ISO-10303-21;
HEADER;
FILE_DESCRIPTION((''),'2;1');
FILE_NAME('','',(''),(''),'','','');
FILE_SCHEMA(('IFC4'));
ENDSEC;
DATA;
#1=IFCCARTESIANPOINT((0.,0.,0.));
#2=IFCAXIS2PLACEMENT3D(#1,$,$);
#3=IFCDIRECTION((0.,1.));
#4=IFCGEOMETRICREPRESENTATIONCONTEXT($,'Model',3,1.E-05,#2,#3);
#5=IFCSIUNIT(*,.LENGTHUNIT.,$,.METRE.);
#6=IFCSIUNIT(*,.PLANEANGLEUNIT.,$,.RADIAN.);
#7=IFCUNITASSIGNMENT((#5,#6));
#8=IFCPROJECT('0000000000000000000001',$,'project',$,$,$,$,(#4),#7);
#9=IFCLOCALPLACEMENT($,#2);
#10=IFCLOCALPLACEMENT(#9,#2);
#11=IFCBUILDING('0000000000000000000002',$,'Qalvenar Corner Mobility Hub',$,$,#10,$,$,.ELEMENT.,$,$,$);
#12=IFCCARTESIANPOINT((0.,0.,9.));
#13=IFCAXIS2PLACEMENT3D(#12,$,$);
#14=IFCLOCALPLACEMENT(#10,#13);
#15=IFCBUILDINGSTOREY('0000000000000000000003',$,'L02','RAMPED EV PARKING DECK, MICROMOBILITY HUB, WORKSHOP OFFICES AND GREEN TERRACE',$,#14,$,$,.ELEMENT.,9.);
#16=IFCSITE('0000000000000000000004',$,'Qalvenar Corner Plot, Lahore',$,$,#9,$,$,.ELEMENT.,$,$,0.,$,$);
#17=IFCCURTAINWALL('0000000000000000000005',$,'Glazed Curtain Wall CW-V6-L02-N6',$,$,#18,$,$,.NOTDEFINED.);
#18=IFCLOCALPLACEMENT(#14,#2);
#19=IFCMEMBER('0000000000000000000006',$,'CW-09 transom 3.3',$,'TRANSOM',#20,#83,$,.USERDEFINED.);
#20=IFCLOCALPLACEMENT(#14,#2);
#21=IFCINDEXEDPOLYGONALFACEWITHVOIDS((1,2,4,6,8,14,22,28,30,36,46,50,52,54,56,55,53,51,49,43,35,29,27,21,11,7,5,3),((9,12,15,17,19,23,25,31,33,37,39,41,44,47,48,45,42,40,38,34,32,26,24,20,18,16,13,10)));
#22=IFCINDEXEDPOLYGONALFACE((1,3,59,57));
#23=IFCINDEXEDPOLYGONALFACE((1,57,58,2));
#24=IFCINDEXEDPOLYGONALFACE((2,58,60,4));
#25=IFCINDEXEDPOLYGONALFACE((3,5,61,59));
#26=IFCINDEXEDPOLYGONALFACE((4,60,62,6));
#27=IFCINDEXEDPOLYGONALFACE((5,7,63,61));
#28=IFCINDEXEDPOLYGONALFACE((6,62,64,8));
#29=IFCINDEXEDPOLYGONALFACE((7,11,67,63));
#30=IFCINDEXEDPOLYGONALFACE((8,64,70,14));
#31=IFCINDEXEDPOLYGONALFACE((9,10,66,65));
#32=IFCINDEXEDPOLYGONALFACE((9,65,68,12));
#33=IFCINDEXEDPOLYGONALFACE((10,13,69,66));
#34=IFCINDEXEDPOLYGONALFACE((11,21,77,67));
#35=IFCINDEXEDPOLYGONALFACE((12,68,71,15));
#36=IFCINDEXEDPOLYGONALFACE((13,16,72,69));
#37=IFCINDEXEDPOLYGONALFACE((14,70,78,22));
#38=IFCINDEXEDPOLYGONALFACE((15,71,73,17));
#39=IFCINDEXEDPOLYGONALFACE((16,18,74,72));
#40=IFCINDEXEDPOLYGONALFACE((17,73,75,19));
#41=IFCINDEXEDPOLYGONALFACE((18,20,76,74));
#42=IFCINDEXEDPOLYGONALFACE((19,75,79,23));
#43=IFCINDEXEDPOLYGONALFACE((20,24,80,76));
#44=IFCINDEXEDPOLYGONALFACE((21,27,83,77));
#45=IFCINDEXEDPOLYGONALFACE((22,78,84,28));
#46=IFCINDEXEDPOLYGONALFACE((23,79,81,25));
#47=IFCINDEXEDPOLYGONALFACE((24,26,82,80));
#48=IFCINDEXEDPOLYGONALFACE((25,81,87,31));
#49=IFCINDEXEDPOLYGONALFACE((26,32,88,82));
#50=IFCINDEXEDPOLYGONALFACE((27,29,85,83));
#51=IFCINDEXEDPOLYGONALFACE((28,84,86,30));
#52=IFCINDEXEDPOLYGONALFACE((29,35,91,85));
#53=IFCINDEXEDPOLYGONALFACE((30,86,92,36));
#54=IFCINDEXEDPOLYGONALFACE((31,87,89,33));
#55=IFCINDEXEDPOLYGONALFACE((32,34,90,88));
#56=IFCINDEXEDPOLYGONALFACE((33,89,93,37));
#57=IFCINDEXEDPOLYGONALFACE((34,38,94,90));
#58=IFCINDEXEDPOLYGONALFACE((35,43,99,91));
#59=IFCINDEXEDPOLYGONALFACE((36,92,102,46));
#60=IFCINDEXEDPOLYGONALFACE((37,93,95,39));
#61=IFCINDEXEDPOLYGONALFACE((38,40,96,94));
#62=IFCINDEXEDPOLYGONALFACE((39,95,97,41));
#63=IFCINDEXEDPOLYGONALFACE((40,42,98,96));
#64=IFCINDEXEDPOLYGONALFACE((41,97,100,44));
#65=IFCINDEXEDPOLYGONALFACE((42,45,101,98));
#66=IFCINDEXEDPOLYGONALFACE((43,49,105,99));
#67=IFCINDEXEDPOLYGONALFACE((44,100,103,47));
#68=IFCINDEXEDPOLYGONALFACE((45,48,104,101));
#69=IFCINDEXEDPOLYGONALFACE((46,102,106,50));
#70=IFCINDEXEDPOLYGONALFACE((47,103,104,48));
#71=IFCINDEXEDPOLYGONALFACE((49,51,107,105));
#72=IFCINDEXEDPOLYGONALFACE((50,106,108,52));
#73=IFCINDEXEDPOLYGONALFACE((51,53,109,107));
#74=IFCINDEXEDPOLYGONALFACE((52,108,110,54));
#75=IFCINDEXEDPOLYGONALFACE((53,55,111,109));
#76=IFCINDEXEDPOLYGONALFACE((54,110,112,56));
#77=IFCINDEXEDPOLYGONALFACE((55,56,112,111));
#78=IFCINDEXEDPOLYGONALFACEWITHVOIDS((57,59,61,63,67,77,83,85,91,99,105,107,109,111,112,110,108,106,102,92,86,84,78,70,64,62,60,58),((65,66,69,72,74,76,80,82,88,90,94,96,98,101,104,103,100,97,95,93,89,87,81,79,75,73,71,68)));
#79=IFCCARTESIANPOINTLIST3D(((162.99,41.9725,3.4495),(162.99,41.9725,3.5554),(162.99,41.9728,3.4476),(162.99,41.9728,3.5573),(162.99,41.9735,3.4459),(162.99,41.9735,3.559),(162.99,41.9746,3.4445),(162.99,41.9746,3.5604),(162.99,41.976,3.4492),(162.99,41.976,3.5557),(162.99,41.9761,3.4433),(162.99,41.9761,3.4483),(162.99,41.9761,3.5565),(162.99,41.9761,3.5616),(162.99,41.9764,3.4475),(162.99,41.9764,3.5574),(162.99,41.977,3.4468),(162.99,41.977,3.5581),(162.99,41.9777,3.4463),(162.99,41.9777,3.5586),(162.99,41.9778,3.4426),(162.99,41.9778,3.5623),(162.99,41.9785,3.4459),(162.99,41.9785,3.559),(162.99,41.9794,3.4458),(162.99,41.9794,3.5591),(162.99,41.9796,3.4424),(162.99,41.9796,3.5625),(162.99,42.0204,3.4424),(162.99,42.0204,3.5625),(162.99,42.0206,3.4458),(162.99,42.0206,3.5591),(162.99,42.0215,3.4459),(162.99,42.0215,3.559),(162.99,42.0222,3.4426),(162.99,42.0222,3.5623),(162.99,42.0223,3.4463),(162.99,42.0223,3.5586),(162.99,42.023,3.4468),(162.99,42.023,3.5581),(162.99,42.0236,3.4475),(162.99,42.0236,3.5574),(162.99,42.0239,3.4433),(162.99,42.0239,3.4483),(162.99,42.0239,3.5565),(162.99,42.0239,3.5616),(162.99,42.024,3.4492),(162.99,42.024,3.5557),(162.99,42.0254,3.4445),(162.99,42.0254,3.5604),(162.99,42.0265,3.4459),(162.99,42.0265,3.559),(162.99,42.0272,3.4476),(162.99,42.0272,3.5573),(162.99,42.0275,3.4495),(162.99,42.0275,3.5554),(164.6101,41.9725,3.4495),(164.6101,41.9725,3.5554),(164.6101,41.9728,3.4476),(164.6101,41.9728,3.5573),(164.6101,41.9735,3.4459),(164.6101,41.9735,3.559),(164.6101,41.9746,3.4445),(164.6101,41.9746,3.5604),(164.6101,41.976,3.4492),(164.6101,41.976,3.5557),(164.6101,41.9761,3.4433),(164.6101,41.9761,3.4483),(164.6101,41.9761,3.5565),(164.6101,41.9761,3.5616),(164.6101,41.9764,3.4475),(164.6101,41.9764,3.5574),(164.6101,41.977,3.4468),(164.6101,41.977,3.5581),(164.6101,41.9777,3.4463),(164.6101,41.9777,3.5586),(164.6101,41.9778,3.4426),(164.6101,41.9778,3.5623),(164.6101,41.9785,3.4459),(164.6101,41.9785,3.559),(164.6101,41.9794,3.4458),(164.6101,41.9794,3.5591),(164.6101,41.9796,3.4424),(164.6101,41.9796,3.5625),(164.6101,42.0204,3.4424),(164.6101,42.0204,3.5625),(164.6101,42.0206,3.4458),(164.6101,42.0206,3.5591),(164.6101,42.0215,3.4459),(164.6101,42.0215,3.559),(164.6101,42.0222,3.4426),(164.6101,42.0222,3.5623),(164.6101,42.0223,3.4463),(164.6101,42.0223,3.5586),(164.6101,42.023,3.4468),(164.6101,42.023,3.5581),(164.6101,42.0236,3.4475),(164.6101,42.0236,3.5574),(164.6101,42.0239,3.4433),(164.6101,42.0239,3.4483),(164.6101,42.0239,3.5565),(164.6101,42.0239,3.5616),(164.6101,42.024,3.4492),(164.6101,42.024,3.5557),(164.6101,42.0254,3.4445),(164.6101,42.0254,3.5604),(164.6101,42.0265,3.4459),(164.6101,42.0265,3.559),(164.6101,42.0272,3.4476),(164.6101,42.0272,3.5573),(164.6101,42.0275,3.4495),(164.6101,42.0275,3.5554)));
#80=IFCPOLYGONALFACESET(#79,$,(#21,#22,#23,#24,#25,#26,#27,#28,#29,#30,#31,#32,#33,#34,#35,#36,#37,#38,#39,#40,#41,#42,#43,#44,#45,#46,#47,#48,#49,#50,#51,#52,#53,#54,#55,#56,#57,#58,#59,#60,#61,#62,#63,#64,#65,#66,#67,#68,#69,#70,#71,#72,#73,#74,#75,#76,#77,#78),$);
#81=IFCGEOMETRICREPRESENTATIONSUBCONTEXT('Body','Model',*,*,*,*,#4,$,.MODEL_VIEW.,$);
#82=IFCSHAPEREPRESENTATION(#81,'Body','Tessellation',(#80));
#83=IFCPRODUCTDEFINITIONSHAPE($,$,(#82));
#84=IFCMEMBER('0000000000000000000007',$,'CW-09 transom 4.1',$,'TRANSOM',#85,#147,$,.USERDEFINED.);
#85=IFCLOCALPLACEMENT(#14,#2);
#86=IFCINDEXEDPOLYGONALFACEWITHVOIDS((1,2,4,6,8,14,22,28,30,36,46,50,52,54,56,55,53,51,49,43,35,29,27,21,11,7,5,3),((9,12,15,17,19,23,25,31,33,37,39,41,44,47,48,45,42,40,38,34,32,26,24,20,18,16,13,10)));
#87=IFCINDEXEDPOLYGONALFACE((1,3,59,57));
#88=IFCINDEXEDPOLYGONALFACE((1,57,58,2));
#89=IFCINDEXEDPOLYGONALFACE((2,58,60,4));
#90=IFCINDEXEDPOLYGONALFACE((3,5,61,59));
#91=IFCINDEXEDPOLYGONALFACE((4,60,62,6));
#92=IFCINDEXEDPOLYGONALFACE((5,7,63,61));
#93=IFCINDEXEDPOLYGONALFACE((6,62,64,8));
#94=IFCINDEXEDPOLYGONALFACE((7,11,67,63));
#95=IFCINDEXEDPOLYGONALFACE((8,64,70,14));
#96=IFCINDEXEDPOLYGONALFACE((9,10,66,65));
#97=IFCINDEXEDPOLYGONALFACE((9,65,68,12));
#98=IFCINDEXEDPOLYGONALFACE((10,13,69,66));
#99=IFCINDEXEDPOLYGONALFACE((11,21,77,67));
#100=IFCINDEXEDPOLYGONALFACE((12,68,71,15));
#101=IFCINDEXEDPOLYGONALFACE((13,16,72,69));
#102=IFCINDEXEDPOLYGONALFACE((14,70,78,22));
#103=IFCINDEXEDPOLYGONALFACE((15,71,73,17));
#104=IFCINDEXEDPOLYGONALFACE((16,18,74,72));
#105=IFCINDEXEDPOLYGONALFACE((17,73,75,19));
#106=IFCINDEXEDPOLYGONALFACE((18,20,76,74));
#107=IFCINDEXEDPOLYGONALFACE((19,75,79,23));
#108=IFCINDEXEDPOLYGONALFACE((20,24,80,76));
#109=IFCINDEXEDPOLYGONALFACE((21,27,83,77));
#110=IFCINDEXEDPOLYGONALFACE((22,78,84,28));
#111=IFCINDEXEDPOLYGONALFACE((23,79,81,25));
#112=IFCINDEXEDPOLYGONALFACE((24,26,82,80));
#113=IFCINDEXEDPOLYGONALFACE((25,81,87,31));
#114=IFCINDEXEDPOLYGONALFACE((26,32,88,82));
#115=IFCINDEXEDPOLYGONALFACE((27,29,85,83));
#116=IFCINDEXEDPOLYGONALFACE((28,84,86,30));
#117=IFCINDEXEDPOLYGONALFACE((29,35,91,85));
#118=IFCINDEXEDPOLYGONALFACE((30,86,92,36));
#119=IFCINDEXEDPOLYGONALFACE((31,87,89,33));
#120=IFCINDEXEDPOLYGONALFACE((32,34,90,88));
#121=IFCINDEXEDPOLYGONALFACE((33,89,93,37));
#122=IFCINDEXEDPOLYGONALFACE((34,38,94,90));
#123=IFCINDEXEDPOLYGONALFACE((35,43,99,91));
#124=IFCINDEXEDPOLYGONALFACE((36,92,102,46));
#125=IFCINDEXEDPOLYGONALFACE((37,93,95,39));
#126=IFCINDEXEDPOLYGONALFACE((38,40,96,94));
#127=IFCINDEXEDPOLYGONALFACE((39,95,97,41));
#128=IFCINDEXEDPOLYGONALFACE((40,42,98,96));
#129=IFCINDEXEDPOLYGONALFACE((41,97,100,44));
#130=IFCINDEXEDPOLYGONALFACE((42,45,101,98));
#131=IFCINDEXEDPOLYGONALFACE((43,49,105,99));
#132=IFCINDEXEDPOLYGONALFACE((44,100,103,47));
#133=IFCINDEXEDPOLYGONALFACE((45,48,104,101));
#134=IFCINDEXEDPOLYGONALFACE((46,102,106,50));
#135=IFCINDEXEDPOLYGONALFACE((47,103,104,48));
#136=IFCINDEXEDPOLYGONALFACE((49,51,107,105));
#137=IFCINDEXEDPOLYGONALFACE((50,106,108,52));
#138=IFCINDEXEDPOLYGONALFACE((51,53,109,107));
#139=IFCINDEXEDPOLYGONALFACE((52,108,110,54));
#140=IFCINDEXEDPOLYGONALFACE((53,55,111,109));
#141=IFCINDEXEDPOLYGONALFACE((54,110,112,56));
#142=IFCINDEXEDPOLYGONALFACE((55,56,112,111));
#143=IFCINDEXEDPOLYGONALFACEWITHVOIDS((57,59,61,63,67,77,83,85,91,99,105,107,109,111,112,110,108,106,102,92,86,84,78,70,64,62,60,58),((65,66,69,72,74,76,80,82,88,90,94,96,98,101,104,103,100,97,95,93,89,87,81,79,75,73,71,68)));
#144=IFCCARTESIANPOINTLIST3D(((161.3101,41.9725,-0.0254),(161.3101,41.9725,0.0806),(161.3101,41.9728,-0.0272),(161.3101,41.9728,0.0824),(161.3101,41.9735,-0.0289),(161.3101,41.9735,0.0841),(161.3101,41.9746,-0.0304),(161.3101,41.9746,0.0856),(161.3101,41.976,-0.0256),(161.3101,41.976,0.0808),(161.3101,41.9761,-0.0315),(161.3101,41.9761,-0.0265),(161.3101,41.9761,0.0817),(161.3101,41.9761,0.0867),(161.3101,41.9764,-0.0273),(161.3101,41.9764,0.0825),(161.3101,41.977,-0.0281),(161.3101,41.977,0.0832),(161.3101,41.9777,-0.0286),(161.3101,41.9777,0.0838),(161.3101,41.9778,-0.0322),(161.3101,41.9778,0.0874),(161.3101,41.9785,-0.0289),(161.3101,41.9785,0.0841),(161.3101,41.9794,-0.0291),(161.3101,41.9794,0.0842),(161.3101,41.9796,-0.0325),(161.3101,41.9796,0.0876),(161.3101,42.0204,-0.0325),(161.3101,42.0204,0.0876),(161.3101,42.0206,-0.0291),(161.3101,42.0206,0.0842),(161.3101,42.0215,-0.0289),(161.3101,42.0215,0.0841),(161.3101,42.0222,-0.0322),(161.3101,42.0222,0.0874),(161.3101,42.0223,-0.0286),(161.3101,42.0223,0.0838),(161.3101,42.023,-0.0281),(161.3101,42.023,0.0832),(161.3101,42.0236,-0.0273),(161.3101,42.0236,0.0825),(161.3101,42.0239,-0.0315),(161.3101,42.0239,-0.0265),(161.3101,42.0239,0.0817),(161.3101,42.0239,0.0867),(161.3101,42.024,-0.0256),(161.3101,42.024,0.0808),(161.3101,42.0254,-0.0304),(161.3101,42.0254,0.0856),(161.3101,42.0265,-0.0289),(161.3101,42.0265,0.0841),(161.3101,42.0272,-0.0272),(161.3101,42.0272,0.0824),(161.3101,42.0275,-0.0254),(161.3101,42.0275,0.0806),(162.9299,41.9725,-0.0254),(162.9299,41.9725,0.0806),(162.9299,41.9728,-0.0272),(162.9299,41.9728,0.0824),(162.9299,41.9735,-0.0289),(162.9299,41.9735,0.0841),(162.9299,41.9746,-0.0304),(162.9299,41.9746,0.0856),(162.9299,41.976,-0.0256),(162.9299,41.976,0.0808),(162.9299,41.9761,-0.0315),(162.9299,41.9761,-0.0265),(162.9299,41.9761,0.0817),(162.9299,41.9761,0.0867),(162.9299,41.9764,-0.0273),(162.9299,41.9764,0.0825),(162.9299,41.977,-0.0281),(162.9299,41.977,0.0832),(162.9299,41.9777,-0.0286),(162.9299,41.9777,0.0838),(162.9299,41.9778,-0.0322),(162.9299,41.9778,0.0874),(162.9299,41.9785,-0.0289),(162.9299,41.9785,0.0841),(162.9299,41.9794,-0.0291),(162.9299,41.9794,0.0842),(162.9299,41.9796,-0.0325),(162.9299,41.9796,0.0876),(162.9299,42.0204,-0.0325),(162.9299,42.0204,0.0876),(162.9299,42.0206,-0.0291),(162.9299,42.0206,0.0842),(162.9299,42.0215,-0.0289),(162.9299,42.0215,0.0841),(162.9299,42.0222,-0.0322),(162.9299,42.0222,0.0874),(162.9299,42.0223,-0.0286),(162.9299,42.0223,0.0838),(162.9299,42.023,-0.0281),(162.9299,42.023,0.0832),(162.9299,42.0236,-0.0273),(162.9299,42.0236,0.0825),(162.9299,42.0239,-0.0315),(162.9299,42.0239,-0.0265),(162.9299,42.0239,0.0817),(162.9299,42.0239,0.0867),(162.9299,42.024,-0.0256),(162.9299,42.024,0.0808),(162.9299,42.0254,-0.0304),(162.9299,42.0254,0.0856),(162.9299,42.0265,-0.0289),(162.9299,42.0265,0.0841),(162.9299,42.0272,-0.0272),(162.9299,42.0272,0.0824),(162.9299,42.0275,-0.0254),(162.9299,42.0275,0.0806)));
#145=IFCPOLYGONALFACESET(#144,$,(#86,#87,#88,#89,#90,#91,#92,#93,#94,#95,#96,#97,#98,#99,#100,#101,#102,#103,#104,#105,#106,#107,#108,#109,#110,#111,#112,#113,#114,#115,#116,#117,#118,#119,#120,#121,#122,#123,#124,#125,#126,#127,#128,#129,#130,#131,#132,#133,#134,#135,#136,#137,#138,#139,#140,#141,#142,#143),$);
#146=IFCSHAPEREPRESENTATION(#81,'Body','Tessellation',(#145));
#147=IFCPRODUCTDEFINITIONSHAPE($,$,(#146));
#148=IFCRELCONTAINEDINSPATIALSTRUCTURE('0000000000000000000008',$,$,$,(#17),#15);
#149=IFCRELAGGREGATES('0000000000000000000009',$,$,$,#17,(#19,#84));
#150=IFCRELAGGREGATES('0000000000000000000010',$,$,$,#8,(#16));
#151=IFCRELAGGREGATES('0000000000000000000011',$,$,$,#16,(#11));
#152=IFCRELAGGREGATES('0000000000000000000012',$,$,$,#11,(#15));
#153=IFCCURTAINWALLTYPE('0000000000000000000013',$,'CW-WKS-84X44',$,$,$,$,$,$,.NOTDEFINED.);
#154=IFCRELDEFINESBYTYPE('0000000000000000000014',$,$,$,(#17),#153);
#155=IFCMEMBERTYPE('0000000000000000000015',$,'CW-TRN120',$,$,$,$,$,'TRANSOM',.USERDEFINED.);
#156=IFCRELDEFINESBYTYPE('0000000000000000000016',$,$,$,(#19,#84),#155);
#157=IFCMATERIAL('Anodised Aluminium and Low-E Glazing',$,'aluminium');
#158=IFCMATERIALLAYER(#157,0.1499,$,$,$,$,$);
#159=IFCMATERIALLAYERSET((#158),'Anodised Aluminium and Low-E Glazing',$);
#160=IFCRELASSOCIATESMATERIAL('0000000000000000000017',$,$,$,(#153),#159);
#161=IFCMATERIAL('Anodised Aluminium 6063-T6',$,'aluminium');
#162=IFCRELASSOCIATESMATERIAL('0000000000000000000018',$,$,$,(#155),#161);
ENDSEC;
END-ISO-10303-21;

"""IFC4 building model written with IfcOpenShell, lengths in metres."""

from ifc_helpers import new_model, si_unit, direction, frame, origin, origin_2d, place, context, subcontext, project, spatial, hollow_rectangle, extrude, material, layer, layer_set, material_profile, profile_set, type_object, element, aggregate, save


model = new_model("IFC4")

# Units and contexts
model_context = context("Model", 3, precision=1e-05, world=origin(), true_north=direction((0.0, 1.0)))
body_context = subcontext(model_context, "Body", "Model", "MODEL_VIEW")
ifc_project = project(units=[si_unit("LENGTHUNIT", "METRE"), si_unit("PLANEANGLEUNIT", "RADIAN")], contexts=[model_context])

# Site, building, storey
site_placement = place(None, origin())
site = spatial("IfcSite", under=ifc_project, at=site_placement, Name="Qalvenar Corner Plot, Lahore", CompositionType="ELEMENT", RefElevation=0.0)
building_placement = place(site_placement, origin())
building = spatial("IfcBuilding", under=site, at=building_placement, Name="Qalvenar Corner Mobility Hub", CompositionType="ELEMENT")
storey_placement = place(building_placement, frame((0.0, 0.0, 9.0)))
storey = spatial("IfcBuildingStorey", under=building, at=storey_placement, Name="L02", Description="RAMPED EV PARKING DECK, MICROMOBILITY HUB, WORKSHOP OFFICES AND GREEN TERRACE", CompositionType="ELEMENT", Elevation=9.0)

# Curtain wall, members
ifc_material_1 = material(Name="Anodised Aluminium and Low-E Glazing", Category="aluminium")
ifc_layer_1 = layer(ifc_material_1, 0.1499)
ifc_layer_set_1 = layer_set([ifc_layer_1], Name="Anodised Aluminium and Low-E Glazing")
curtain_wall_type = type_object("IfcCurtainWallType", Name="CW-WKS-84X44", PredefinedType="NOTDEFINED", material=ifc_layer_set_1)
curtain_wall_placement = place(storey_placement, origin())
curtain_wall = element("IfcCurtainWall", 1, at=curtain_wall_placement, inside=storey, type_object=curtain_wall_type, Name="Glazed Curtain Wall CW-V6-L02-N6", PredefinedType="NOTDEFINED")
ifc_material_2 = material(Name="Anodised Aluminium 6063-T6", Category="aluminium")
ifc_material_profile_1 = material_profile(ifc_material_2, hollow_rectangle(XDim=0.0549, YDim=0.1201, WallThickness=0.0034, InnerFilletRadius=0.0034, OuterFilletRadius=0.0071, at=origin_2d()), Name="RHS120x55x3.5")
ifc_profile_set_1 = profile_set([ifc_material_profile_1], Name="Anodised Aluminium 6063-T6")
member_type_1 = type_object("IfcMemberType", Name="CW-TRN120", ElementType="TRANSOM", PredefinedType="USERDEFINED", material=ifc_profile_set_1)
member_1_placement = place(storey_placement, frame((164.6101, 42.0, 3.5024), z_axis=(-1.0, 0.0, 0.0), x_axis=(0.0, -1.0, 0.0)))
member_1 = element("IfcMember", 2, at=member_1_placement, type_object=member_type_1, Name="CW-09 transom 3.3", ObjectType="TRANSOM", PredefinedType="USERDEFINED", context=body_context, shape_type="SweptSolid", body=[
    extrude(hollow_rectangle(XDim=0.0549, YDim=0.1201, WallThickness=0.0034, InnerFilletRadius=0.0034, OuterFilletRadius=0.0071, at=origin_2d()), origin(), (0.0, 0.0, 1.0), 1.6201),
])
member_2_placement = place(storey_placement, frame((162.9299, 42.0, 0.0276), z_axis=(-1.0, 0.0, 0.0), x_axis=(0.0, -1.0, 0.0)))
member_2 = element("IfcMember", 3, at=member_2_placement, type_object=member_type_1, Name="CW-09 transom 4.1", ObjectType="TRANSOM", PredefinedType="USERDEFINED", context=body_context, shape_type="SweptSolid", body=[
    extrude(hollow_rectangle(XDim=0.0549, YDim=0.1201, WallThickness=0.0034, InnerFilletRadius=0.0034, OuterFilletRadius=0.0071, at=origin_2d()), origin(), (0.0, 0.0, 1.0), 1.6199),
])
aggregate(curtain_wall, [member_1, member_2])

save(model, "model.ifc")
